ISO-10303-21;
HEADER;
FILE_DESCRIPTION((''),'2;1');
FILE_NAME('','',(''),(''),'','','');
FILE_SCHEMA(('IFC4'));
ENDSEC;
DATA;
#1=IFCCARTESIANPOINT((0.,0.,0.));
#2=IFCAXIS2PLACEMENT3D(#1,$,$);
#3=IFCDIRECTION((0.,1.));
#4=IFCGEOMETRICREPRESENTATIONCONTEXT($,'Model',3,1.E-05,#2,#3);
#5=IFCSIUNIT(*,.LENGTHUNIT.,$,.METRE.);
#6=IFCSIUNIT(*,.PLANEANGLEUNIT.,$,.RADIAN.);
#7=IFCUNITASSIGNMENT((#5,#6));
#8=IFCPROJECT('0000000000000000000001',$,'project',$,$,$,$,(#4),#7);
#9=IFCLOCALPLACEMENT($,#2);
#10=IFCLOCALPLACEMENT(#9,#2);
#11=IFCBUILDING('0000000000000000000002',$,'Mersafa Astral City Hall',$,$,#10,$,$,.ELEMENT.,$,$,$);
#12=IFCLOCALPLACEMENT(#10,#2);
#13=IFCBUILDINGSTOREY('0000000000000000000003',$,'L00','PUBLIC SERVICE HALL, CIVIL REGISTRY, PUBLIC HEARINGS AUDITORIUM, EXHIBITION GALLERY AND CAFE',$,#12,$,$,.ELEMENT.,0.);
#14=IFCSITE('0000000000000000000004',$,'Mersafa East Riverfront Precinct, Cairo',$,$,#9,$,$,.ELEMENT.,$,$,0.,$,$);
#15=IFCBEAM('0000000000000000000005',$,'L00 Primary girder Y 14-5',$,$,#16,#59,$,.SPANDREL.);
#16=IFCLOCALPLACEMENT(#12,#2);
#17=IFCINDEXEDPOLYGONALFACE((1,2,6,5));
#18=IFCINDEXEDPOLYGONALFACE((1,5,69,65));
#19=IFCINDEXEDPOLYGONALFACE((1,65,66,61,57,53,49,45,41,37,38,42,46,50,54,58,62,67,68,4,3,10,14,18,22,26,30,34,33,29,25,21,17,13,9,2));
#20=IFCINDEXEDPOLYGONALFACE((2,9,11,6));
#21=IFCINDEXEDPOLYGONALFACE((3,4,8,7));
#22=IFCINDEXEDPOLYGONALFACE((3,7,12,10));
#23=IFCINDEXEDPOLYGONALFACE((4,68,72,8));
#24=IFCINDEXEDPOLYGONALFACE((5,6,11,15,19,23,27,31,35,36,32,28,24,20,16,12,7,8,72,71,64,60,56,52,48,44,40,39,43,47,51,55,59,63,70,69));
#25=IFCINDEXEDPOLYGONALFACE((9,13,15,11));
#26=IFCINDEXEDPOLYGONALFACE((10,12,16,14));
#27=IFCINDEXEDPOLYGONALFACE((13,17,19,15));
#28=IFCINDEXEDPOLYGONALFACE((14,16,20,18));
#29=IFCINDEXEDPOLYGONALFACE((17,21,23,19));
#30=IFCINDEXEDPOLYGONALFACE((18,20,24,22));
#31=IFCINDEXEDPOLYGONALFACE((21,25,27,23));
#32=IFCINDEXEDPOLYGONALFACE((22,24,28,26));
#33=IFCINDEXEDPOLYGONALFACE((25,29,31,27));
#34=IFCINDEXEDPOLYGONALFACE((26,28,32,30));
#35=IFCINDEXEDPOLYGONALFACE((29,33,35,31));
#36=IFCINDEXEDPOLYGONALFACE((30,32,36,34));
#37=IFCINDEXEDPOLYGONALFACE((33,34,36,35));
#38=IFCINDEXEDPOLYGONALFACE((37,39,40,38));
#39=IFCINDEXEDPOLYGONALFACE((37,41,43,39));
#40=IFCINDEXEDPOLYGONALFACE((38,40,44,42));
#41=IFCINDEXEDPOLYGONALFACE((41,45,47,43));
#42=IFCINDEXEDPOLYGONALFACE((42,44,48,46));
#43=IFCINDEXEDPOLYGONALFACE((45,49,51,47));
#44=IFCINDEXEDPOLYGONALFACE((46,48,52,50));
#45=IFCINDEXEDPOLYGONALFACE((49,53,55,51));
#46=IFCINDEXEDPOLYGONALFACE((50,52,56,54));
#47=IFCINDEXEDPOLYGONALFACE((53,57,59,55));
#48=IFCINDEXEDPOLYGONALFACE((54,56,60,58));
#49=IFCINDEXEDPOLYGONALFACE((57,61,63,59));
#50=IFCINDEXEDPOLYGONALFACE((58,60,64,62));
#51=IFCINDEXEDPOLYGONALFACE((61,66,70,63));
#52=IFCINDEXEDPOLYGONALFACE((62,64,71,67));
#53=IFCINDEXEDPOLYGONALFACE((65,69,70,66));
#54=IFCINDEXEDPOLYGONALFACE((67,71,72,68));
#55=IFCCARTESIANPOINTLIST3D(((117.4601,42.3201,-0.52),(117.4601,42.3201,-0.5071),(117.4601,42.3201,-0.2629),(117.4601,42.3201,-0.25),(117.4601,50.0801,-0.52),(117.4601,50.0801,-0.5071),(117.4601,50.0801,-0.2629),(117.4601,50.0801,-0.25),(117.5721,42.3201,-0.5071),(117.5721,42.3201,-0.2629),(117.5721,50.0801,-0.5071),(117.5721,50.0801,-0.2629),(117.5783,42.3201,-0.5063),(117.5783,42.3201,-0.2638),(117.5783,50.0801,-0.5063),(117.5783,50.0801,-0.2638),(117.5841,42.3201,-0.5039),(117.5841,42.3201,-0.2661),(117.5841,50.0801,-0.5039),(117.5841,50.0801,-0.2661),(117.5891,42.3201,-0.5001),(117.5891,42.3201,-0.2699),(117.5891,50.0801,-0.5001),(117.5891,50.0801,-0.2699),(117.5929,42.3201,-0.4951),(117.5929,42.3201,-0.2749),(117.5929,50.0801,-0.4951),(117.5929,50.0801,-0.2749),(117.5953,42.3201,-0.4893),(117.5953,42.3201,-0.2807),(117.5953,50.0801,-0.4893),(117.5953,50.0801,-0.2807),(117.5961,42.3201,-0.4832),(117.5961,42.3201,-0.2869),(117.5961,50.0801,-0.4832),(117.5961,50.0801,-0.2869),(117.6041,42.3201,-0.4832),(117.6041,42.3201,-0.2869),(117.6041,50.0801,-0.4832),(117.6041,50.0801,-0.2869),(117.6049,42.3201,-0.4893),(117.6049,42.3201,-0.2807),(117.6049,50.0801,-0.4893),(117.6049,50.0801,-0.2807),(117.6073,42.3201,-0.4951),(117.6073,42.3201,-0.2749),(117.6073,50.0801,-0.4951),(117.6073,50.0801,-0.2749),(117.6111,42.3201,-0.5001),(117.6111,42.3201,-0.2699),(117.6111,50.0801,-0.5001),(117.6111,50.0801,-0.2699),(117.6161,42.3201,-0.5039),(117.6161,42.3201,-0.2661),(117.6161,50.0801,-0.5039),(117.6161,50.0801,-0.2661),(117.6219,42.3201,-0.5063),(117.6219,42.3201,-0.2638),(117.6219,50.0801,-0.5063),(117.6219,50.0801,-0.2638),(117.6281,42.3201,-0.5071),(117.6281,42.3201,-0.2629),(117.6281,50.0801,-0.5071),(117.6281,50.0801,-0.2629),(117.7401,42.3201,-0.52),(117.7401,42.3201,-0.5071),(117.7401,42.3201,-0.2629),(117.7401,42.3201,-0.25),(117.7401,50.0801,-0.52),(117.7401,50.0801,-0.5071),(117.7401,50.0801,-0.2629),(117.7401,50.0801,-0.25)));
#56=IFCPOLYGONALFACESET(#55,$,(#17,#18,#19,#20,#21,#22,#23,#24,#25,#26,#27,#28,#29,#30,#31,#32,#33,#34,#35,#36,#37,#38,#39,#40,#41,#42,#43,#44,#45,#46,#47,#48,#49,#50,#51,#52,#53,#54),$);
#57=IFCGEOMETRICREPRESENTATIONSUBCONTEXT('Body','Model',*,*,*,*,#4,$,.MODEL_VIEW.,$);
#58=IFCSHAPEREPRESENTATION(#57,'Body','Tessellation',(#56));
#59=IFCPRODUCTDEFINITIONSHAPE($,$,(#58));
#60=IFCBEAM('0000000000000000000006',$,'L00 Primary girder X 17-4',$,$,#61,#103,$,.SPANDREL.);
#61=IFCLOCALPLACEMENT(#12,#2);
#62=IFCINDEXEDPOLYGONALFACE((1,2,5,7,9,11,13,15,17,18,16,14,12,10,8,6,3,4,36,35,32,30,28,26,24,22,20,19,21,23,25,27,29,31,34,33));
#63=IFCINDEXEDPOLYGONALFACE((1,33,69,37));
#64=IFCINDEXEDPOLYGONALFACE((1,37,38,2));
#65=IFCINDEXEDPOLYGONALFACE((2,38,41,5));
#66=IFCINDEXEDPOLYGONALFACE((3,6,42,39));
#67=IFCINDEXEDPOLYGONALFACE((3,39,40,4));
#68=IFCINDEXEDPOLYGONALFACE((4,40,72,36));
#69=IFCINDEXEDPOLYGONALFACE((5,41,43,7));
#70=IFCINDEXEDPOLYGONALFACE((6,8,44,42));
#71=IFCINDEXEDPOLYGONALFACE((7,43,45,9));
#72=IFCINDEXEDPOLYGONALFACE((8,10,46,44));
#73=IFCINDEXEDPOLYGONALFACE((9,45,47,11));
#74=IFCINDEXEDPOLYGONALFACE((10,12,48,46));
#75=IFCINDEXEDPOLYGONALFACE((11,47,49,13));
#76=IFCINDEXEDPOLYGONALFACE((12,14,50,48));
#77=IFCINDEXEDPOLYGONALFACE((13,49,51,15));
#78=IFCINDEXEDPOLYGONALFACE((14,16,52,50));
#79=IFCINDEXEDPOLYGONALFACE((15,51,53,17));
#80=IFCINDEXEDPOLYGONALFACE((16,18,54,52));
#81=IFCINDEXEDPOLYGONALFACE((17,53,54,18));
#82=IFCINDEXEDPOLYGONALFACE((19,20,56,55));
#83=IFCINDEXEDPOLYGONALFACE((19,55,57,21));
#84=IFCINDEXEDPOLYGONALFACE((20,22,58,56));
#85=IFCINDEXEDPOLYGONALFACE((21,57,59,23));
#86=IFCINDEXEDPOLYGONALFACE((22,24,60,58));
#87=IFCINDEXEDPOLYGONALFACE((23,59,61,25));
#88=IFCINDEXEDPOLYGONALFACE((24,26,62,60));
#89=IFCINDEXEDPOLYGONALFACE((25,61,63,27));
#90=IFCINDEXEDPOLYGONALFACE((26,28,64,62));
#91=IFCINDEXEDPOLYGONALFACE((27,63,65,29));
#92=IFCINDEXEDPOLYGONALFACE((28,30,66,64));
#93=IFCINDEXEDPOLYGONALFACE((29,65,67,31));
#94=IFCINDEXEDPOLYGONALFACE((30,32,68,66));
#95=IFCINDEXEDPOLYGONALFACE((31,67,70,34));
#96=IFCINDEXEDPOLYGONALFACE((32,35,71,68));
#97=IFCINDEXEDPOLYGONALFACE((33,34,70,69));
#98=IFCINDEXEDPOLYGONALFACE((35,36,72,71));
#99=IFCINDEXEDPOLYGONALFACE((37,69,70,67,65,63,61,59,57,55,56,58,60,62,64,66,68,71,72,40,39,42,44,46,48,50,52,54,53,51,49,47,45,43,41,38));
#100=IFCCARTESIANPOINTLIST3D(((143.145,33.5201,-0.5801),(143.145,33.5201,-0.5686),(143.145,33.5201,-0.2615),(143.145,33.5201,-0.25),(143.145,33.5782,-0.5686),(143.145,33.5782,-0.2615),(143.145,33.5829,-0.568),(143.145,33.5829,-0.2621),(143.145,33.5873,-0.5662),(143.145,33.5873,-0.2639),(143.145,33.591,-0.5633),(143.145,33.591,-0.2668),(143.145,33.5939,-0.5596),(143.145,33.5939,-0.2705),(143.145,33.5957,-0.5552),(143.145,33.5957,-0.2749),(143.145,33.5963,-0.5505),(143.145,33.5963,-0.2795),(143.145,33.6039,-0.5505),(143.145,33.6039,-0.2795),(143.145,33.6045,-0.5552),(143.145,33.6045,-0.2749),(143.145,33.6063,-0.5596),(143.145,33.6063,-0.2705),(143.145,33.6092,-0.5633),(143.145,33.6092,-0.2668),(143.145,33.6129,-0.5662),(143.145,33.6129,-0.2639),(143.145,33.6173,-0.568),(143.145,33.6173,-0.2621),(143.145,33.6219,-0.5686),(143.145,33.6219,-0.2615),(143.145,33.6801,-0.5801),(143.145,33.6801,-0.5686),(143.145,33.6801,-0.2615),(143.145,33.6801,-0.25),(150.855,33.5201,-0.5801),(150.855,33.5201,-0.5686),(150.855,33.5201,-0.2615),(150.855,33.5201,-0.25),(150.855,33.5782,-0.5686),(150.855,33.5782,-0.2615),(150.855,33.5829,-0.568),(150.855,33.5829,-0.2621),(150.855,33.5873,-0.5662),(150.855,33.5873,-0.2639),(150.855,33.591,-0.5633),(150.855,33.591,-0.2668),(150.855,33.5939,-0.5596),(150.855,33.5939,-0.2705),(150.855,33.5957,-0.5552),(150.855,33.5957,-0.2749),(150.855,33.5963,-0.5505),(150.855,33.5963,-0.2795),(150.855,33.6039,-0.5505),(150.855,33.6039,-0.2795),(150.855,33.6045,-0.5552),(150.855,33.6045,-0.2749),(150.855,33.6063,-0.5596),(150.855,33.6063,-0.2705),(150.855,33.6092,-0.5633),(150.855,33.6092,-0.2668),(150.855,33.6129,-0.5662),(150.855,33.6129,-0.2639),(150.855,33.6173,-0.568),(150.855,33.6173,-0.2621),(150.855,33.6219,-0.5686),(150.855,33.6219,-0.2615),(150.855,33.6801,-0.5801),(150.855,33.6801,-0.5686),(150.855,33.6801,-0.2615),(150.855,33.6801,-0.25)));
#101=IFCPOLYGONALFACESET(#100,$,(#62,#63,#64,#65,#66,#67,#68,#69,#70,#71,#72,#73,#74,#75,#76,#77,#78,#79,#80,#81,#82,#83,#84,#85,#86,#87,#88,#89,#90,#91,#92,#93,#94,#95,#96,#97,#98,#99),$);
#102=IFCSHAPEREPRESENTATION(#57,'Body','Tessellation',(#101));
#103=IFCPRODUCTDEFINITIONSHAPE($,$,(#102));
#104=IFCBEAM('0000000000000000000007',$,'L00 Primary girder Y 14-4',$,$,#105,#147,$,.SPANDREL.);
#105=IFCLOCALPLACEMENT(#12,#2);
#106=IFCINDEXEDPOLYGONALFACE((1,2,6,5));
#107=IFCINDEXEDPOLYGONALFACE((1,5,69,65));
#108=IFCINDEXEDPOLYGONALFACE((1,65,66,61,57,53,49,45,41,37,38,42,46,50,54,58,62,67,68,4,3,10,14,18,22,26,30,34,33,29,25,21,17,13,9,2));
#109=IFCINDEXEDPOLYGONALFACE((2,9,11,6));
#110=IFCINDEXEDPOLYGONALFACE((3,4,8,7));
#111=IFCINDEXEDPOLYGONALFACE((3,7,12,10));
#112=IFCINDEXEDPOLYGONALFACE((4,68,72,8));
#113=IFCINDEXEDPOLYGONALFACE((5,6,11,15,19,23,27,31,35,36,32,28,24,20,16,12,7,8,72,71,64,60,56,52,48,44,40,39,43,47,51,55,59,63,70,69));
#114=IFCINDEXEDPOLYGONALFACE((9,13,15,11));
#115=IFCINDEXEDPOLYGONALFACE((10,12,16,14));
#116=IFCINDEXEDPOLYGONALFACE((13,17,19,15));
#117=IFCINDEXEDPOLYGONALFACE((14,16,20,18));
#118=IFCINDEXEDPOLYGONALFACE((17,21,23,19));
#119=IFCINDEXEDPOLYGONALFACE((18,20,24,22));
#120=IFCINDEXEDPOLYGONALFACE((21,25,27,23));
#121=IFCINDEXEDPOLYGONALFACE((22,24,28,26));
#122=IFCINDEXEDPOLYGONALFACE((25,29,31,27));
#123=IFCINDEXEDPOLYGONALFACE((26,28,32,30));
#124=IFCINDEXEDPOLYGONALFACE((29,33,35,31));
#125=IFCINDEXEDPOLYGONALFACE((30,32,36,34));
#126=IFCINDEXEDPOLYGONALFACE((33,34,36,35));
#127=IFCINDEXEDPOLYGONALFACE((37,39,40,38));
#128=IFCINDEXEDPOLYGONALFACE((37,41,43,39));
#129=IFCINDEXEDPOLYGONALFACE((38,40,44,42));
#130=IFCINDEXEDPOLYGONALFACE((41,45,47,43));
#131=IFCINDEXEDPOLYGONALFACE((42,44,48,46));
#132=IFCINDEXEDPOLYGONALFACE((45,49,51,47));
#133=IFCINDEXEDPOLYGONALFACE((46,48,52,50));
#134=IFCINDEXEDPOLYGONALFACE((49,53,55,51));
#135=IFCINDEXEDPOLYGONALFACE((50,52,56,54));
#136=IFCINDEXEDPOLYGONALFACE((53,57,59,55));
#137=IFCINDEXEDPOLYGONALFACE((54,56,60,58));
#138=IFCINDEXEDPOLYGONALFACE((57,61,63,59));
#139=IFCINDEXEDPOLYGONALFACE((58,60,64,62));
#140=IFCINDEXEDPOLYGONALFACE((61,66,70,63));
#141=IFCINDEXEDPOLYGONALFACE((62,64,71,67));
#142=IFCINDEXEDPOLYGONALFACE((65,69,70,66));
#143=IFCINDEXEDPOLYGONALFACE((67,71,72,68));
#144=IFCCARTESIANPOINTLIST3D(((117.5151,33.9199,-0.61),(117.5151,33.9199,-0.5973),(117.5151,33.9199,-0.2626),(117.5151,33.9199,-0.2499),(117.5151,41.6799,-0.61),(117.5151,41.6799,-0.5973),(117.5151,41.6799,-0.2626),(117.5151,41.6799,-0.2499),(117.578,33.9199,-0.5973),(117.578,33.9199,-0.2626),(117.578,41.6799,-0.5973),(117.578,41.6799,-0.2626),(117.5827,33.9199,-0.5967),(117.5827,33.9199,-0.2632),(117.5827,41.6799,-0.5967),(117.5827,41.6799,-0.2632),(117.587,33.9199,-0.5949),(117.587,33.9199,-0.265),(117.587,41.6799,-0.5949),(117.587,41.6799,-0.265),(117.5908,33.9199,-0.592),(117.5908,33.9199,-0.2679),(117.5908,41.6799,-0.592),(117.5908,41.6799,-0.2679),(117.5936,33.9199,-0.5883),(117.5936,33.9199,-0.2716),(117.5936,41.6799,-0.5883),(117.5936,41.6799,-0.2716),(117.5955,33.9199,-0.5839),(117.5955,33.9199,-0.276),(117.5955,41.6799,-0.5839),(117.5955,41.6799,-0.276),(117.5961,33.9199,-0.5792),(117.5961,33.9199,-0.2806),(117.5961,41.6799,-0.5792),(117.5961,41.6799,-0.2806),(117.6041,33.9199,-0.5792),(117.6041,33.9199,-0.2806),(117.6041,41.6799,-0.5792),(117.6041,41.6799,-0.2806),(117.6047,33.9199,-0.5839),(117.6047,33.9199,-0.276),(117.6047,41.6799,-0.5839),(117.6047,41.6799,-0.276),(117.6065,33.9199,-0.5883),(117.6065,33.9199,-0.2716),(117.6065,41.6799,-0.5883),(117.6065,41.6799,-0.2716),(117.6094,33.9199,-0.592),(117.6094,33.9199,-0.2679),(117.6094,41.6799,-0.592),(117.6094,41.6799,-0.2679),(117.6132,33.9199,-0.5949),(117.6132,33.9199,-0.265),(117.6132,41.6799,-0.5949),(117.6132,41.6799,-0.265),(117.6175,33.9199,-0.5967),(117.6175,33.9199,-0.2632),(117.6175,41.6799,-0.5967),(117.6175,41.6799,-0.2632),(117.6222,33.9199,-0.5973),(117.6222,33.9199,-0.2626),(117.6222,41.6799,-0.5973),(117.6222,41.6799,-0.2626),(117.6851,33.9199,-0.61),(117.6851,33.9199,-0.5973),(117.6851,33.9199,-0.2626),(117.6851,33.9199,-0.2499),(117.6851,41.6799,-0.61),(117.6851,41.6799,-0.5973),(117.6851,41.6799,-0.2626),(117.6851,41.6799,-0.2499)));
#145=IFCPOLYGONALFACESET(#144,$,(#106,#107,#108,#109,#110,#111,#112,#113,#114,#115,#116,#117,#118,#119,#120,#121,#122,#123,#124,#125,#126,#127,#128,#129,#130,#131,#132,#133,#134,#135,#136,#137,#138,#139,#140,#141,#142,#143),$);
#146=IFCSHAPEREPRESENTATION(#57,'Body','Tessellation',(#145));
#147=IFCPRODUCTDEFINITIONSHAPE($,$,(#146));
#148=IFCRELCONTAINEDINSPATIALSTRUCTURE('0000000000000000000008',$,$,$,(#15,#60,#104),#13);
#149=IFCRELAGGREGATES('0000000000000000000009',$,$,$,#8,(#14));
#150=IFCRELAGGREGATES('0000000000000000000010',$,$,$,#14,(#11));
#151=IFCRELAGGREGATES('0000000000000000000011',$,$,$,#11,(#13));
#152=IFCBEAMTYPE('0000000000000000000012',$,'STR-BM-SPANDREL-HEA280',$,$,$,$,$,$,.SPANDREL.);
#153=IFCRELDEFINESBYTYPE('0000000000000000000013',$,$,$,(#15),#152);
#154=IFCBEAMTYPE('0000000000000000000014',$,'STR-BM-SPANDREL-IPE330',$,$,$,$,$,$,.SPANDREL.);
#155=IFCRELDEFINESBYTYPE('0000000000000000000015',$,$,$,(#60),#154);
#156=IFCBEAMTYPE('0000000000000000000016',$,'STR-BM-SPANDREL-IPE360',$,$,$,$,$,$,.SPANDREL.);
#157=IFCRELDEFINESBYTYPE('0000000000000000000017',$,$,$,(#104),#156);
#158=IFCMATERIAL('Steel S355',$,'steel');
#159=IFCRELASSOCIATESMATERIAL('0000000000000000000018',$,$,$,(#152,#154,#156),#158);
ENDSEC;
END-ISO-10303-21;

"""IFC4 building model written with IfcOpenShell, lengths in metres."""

from ifc_helpers import new_model, si_unit, direction, frame, origin, origin_2d, place, context, subcontext, project, spatial, i_section, extrude, material, material_profile, profile_set, type_object, element, save


model = new_model("IFC4")

# Units and contexts
model_context = context("Model", 3, precision=1e-05, world=origin(), true_north=direction((0.0, 1.0)))
body_context = subcontext(model_context, "Body", "Model", "MODEL_VIEW")
ifc_project = project(units=[si_unit("LENGTHUNIT", "METRE"), si_unit("PLANEANGLEUNIT", "RADIAN")], contexts=[model_context])

# Site, building, storey
site_placement = place(None, origin())
site = spatial("IfcSite", under=ifc_project, at=site_placement, Name="Mersafa East Riverfront Precinct, Cairo", CompositionType="ELEMENT", RefElevation=0.0)
building_placement = place(site_placement, origin())
building = spatial("IfcBuilding", under=site, at=building_placement, Name="Mersafa Astral City Hall", CompositionType="ELEMENT")
storey_placement = place(building_placement, origin())
storey = spatial("IfcBuildingStorey", under=building, at=storey_placement, Name="L00", Description="PUBLIC SERVICE HALL, CIVIL REGISTRY, PUBLIC HEARINGS AUDITORIUM, EXHIBITION GALLERY AND CAFE", CompositionType="ELEMENT", Elevation=0.0)

# Shared definitions
ifc_material_1 = material(Name="Steel S355", Category="steel")

# Beams
ifc_material_profile_1 = material_profile(ifc_material_1, i_section(OverallWidth=0.28, OverallDepth=0.27, WebThickness=0.0081, FlangeThickness=0.0129, FilletRadius=0.0239, at=origin_2d()), Name="HEA 280")
ifc_profile_set_1 = profile_set([ifc_material_profile_1], Name="Steel S355")
beam_type_1 = type_object("IfcBeamType", Name="STR-BM-SPANDREL-HEA280", PredefinedType="SPANDREL", material=ifc_profile_set_1)
beam_1_placement = place(storey_placement, frame((117.6001, 42.3201, -0.385), z_axis=(0.0, 1.0, 0.0), x_axis=(-1.0, 0.0, 0.0)))
element("IfcBeam", 1, at=beam_1_placement, inside=storey, type_object=beam_type_1, Name="L00 Primary girder Y 14-5", PredefinedType="SPANDREL", context=body_context, shape_type="SweptSolid", body=[
    extrude(i_section(OverallWidth=0.28, OverallDepth=0.27, WebThickness=0.0081, FlangeThickness=0.0129, FilletRadius=0.0239, at=origin_2d()), origin(), (0.0, 0.0, 1.0), 7.76),
])
ifc_material_profile_2 = material_profile(ifc_material_1, i_section(OverallWidth=0.1599, OverallDepth=0.3301, WebThickness=0.0076, FlangeThickness=0.0115, FilletRadius=0.0181, at=origin_2d()), Name="IPE 330")
ifc_profile_set_2 = profile_set([ifc_material_profile_2], Name="Steel S355")
beam_type_2 = type_object("IfcBeamType", Name="STR-BM-SPANDREL-IPE330", PredefinedType="SPANDREL", material=ifc_profile_set_2)
beam_2_placement = place(storey_placement, frame((143.145, 33.6001, -0.415), z_axis=(1.0, 0.0, 0.0), x_axis=(0.0, 1.0, 0.0)))
element("IfcBeam", 2, at=beam_2_placement, inside=storey, type_object=beam_type_2, Name="L00 Primary girder X 17-4", PredefinedType="SPANDREL", context=body_context, shape_type="SweptSolid", body=[
    extrude(i_section(OverallWidth=0.1599, OverallDepth=0.3301, WebThickness=0.0076, FlangeThickness=0.0115, FilletRadius=0.0181, at=origin_2d()), origin(), (0.0, 0.0, 1.0), 7.71),
])
ifc_material_profile_3 = material_profile(ifc_material_1, i_section(OverallWidth=0.1699, OverallDepth=0.3601, WebThickness=0.0081, FlangeThickness=0.0127, FilletRadius=0.0181, at=origin_2d()), Name="IPE 360")
ifc_profile_set_3 = profile_set([ifc_material_profile_3], Name="Steel S355")
beam_type_3 = type_object("IfcBeamType", Name="STR-BM-SPANDREL-IPE360", PredefinedType="SPANDREL", material=ifc_profile_set_3)
beam_3_placement = place(storey_placement, frame((117.6001, 33.9199, -0.4299), z_axis=(0.0, 1.0, 0.0), x_axis=(-1.0, 0.0, 0.0)))
element("IfcBeam", 3, at=beam_3_placement, inside=storey, type_object=beam_type_3, Name="L00 Primary girder Y 14-4", PredefinedType="SPANDREL", context=body_context, shape_type="SweptSolid", body=[
    extrude(i_section(OverallWidth=0.1699, OverallDepth=0.3601, WebThickness=0.0081, FlangeThickness=0.0127, FilletRadius=0.0181, at=origin_2d()), origin(), (0.0, 0.0, 1.0), 7.76),
])

save(model, "model.ifc")
